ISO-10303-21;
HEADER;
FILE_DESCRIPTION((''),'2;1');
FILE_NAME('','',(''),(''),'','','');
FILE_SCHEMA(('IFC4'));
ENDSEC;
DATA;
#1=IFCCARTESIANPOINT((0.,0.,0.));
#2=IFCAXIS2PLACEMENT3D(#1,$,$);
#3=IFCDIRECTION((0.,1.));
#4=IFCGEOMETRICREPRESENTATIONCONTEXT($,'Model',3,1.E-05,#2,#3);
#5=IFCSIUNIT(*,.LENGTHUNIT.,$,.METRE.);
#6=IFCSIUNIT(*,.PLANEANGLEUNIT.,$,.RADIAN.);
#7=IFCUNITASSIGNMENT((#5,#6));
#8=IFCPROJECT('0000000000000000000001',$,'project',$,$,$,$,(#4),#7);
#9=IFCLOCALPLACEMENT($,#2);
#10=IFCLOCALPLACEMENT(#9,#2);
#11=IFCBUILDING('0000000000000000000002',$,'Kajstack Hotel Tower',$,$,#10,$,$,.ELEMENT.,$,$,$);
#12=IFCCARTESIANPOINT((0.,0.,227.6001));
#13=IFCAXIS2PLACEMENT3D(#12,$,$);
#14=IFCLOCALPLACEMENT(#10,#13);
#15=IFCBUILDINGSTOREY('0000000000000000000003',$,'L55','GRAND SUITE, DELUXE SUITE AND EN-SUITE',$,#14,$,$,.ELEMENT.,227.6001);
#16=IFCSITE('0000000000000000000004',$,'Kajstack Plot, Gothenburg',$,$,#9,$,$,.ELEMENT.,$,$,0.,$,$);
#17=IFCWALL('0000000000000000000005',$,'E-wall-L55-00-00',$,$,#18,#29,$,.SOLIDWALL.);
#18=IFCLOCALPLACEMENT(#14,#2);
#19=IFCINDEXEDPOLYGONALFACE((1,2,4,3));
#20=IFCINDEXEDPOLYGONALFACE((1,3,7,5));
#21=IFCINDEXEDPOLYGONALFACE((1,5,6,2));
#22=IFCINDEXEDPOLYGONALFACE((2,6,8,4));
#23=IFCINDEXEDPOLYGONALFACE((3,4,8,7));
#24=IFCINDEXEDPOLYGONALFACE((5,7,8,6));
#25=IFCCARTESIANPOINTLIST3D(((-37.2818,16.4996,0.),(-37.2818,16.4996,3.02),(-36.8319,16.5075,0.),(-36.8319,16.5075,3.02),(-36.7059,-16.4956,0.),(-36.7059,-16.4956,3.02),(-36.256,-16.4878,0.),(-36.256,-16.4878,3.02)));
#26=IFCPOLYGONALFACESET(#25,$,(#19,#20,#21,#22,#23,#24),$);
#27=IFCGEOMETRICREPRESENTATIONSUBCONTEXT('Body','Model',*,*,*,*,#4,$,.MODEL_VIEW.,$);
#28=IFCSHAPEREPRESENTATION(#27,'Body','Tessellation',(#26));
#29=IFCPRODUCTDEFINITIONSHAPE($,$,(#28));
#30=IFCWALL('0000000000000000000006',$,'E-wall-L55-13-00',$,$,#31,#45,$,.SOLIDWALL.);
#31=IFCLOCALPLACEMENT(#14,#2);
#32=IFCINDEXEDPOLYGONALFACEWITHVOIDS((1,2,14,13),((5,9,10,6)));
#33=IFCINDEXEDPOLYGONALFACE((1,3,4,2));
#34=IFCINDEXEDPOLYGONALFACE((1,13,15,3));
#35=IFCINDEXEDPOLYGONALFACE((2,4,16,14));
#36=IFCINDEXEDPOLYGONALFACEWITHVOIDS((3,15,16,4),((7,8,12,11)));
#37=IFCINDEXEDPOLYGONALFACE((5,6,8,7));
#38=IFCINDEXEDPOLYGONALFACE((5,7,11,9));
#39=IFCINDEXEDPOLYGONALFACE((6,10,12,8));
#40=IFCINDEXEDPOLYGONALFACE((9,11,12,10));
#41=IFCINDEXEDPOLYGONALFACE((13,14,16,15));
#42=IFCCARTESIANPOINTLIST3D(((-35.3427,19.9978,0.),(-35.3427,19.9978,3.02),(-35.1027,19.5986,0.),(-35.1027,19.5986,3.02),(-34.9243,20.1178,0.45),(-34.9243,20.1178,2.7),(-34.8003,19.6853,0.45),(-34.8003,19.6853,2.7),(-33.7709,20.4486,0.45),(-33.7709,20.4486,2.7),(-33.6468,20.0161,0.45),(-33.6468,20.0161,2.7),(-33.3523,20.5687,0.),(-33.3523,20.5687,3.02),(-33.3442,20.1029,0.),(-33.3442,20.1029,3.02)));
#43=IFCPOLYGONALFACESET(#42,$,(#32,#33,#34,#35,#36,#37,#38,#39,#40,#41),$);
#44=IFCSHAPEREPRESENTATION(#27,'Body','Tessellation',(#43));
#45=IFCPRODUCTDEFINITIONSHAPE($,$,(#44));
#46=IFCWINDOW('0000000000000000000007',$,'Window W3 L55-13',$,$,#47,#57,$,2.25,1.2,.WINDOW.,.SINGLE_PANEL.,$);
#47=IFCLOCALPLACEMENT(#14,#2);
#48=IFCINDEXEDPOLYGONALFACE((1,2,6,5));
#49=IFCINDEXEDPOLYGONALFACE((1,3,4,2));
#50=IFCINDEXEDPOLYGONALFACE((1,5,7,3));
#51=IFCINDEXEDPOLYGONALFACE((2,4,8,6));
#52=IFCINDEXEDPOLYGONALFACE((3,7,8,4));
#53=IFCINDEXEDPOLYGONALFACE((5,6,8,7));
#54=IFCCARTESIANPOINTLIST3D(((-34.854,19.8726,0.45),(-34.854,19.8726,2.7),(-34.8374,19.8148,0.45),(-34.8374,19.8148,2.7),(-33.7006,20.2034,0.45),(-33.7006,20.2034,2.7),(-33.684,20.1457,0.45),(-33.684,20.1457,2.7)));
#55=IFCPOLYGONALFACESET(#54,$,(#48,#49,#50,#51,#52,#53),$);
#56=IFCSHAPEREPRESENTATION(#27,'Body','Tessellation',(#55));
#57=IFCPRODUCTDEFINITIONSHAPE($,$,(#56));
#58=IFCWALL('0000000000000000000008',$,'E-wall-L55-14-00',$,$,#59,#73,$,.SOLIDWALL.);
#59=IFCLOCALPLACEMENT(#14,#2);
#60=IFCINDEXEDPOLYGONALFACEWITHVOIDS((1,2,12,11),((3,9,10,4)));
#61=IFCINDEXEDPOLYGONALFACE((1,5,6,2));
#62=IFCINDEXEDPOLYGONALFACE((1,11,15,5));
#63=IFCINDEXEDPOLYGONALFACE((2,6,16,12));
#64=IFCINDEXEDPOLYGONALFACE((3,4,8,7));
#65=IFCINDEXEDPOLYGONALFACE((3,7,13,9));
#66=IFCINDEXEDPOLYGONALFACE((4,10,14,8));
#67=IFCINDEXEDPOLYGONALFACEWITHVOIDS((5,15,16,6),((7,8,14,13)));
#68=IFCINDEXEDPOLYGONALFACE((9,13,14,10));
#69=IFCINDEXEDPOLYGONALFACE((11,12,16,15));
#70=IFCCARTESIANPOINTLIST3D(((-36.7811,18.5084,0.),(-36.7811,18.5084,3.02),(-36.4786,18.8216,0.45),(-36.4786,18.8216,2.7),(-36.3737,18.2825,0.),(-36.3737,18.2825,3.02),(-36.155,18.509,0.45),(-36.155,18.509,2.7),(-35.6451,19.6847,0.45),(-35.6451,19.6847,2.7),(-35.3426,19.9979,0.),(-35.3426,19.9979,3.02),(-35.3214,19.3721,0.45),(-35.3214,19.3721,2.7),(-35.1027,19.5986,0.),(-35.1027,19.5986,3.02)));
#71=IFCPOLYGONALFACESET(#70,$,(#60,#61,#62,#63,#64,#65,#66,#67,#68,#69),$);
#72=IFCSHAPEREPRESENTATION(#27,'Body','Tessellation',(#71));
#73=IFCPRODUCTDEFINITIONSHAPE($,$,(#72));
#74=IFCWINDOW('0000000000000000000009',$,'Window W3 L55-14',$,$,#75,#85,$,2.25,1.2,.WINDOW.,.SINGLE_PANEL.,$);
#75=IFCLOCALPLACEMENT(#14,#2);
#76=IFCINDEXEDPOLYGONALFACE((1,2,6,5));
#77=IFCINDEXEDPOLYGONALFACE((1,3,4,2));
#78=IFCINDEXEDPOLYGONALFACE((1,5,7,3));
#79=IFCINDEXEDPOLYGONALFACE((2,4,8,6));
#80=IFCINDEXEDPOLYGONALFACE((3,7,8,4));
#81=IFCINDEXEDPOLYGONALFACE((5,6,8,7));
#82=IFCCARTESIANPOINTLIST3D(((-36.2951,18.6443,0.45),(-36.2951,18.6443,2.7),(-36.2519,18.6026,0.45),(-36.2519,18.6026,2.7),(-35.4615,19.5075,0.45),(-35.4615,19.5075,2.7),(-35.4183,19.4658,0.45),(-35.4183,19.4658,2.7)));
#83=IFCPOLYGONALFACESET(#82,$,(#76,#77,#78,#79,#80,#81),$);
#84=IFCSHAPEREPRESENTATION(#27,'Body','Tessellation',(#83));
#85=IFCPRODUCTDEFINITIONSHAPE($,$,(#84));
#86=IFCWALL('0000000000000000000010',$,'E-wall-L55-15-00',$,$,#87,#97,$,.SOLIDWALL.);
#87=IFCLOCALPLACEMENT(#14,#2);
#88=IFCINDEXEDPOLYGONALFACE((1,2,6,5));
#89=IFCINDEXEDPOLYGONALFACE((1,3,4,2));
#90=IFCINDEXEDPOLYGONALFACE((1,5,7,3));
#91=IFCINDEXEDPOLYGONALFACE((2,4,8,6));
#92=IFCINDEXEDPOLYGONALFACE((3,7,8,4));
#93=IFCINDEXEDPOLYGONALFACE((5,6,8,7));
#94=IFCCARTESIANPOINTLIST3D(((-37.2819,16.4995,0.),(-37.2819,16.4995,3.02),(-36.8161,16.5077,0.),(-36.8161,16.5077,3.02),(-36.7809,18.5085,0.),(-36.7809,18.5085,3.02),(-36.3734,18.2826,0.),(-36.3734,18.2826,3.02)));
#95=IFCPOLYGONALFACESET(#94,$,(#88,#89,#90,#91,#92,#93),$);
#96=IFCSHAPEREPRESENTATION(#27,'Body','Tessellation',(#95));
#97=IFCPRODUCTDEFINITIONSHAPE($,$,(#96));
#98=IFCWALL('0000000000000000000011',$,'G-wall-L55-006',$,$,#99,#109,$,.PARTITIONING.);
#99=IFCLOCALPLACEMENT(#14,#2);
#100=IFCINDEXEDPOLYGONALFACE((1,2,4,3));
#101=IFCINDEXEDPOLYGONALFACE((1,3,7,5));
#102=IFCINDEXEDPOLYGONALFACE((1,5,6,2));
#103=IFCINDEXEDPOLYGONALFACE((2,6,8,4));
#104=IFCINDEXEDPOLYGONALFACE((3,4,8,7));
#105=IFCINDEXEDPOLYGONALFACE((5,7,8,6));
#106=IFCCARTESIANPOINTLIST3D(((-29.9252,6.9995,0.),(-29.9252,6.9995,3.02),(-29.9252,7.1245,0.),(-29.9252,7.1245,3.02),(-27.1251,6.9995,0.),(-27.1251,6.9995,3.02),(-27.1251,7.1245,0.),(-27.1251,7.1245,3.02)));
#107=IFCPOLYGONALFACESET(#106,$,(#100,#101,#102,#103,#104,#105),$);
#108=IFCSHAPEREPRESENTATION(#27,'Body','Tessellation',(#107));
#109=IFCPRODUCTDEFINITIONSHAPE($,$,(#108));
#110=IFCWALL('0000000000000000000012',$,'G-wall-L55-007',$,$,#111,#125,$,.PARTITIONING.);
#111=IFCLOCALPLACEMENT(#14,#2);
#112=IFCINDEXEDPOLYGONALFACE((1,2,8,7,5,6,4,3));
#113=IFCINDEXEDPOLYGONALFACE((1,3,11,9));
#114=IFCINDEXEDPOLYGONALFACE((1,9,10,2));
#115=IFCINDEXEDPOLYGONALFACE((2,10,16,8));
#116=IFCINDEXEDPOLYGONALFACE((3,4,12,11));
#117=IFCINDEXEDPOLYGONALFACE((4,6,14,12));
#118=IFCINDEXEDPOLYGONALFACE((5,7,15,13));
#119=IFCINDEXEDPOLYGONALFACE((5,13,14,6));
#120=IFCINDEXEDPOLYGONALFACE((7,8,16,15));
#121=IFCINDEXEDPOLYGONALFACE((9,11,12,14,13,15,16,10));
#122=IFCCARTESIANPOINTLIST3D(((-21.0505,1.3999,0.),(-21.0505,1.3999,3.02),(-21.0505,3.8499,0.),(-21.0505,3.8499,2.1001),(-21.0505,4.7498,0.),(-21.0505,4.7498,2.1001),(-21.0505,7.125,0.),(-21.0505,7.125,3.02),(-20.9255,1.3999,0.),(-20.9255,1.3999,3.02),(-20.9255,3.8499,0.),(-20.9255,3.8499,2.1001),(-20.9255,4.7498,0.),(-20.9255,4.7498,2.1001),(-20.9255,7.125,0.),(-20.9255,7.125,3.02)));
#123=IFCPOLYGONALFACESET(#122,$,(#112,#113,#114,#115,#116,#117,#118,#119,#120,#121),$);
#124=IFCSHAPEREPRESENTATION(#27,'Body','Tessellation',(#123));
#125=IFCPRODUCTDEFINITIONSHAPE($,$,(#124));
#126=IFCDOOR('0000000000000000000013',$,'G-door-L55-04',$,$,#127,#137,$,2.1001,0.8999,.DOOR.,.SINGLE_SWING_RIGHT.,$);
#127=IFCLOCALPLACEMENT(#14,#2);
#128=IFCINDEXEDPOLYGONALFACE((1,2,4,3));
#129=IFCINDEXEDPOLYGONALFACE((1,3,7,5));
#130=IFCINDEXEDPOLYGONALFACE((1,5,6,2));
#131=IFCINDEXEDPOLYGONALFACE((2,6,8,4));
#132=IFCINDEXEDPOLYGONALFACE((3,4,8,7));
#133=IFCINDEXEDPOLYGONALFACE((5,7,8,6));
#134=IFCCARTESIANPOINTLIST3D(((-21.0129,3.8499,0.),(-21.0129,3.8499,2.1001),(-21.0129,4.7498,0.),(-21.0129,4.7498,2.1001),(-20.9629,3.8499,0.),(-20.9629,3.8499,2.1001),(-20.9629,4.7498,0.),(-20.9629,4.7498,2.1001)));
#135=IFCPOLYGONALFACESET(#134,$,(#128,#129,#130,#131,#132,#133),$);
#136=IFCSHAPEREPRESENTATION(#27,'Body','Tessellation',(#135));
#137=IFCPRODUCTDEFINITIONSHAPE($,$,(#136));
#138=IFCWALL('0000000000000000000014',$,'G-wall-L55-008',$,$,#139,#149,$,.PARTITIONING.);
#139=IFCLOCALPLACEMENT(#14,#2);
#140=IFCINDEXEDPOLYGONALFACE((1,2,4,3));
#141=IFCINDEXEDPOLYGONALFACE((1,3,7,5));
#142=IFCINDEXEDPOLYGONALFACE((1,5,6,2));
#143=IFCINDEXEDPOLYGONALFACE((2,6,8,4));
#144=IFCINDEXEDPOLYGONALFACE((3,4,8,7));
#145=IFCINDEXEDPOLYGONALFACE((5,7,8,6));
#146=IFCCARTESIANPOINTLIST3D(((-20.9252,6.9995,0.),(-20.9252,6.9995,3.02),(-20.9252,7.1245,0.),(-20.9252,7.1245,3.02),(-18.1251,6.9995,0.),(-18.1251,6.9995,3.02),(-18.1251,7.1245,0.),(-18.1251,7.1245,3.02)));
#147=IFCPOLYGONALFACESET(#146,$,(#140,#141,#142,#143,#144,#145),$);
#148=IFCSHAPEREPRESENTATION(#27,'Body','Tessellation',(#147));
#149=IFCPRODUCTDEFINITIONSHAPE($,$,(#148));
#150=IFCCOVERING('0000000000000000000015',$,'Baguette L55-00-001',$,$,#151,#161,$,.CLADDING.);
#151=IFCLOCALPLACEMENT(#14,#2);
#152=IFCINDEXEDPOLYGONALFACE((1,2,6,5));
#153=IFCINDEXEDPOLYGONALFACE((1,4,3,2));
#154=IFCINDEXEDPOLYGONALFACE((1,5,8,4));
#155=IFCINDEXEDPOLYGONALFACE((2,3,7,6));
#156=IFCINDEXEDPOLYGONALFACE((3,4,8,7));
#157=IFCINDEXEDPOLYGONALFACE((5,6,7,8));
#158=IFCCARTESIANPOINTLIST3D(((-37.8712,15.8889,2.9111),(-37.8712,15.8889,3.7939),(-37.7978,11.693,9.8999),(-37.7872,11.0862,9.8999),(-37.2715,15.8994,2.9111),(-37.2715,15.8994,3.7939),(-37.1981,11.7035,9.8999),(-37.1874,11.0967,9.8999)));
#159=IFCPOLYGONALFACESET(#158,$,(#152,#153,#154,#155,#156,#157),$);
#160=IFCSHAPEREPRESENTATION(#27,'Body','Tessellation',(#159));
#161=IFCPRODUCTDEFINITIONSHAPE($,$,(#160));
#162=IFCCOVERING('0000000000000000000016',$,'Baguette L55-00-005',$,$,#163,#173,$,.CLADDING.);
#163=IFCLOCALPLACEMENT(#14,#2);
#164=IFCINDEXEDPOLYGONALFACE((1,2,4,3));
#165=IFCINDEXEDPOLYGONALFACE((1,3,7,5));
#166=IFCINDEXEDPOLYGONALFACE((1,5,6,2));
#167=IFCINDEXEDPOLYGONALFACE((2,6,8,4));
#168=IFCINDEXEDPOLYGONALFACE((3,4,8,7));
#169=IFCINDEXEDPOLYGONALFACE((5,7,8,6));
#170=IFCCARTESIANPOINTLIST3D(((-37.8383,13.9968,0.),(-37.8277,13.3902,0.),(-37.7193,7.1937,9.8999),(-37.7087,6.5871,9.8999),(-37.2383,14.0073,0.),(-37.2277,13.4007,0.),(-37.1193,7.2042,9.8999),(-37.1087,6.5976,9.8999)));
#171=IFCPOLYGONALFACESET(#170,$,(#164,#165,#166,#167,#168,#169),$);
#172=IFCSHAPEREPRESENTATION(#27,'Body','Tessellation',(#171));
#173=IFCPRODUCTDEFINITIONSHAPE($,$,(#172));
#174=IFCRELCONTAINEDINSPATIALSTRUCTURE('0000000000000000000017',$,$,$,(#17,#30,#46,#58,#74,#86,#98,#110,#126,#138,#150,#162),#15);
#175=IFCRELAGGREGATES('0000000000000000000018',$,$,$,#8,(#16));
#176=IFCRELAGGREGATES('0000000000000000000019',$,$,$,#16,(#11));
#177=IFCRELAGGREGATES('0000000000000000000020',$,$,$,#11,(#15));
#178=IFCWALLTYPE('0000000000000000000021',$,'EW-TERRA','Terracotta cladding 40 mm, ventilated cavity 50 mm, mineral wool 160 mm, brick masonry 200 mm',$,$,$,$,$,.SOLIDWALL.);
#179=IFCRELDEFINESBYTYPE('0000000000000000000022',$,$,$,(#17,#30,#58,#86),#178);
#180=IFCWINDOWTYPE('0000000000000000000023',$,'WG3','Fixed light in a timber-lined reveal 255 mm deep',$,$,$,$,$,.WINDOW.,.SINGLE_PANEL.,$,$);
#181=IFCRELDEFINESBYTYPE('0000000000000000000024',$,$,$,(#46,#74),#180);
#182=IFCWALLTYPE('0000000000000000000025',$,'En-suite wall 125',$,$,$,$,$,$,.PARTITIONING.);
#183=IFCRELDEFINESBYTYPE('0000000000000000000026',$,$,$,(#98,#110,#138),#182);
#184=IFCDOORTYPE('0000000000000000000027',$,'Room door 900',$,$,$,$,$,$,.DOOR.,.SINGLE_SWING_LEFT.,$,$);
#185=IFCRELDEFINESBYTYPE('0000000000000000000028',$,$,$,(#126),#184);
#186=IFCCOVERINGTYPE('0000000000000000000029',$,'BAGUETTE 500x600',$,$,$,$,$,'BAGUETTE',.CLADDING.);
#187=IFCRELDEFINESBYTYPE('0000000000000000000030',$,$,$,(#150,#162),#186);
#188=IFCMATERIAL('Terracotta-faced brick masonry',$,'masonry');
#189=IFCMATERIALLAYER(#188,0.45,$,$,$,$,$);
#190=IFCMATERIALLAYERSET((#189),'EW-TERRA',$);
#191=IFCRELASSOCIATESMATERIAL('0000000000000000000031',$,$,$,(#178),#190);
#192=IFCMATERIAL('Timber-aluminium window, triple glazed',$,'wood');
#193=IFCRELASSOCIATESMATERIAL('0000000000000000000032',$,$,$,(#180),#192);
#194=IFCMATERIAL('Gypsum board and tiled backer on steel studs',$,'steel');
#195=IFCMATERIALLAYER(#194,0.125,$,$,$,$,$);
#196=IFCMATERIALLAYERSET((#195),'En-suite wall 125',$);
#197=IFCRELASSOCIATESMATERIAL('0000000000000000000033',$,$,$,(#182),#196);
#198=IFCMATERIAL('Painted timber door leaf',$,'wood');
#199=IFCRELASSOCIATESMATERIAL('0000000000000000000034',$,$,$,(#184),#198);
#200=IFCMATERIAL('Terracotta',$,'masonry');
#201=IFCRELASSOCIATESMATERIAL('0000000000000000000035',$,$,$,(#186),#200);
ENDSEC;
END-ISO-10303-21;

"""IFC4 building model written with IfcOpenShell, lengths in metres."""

from ifc_helpers import new_model, si_unit, direction, frame, frame_2d, origin, origin_2d, place, context, subcontext, project, spatial, polyline, rectangle, outline, extrude, material, layer, layer_set, material_profile, profile_set, type_object, element, fill, save


model = new_model("IFC4")

# Units and contexts
model_context = context("Model", 3, precision=1e-05, world=origin(), true_north=direction((0.0, 1.0)))
body_context = subcontext(model_context, "Body", "Model", "MODEL_VIEW")
ifc_project = project(units=[si_unit("LENGTHUNIT", "METRE"), si_unit("PLANEANGLEUNIT", "RADIAN")], contexts=[model_context])

# Site, building, storey
site_placement = place(None, origin())
site = spatial("IfcSite", under=ifc_project, at=site_placement, Name="Kajstack Plot, Gothenburg", CompositionType="ELEMENT", RefElevation=0.0)
building_placement = place(site_placement, origin())
building = spatial("IfcBuilding", under=site, at=building_placement, Name="Kajstack Hotel Tower", CompositionType="ELEMENT")
storey_placement = place(building_placement, frame((0.0, 0.0, 227.6001)))
storey = spatial("IfcBuildingStorey", under=building, at=storey_placement, Name="L55", Description="GRAND SUITE, DELUXE SUITE AND EN-SUITE", CompositionType="ELEMENT", Elevation=227.6001)

# Wall
ifc_material_1 = material(Name="Terracotta-faced brick masonry", Category="masonry")
ifc_layer_1 = layer(ifc_material_1, 0.45)
ifc_layer_set_1 = layer_set([ifc_layer_1], Name="EW-TERRA")
wall_type_1 = type_object("IfcWallType", Name="EW-TERRA", Description="Terracotta cladding 40 mm, ventilated cavity 50 mm, mineral wool 160 mm, brick masonry 200 mm", PredefinedType="SOLIDWALL", material=ifc_layer_set_1)
wall_1_placement = place(storey_placement, frame((-37.0569, 16.5034, 0.0), z_axis=(0.0, 0.0, 1.0), x_axis=(0.017452, -0.999848, 0.0)))
element("IfcWall", 1, at=wall_1_placement, inside=storey, type_object=wall_type_1, Name="E-wall-L55-00-00", PredefinedType="SOLIDWALL", context=body_context, shape_type="SweptSolid", body=[
    extrude(rectangle(XDim=33.0002, YDim=0.45, at=frame_2d((16.5, 0.0))), origin(), (0.0, 0.0, 1.0), 3.02),
])

# Walls, openings, windows
wall_2_placement = place(storey_placement, frame((-33.2903, 20.3523, 0.0), z_axis=(0.0, 0.0, 1.0), x_axis=(-0.961248, -0.275687, 0.0)))
wall_2 = element("IfcWall", 2, at=wall_2_placement, inside=storey, type_object=wall_type_1, Name="E-wall-L55-13-00", PredefinedType="SOLIDWALL", context=body_context, shape_type="SweptSolid", body=[
    extrude(outline(polyline([(0.0, -0.2251), (2.0706, -0.2251), (1.95, 0.2249), (0.1206, 0.2249), (0.0, -0.2251)])), origin(), (0.0, 0.0, 1.0), 3.02),
])
opening_1_placement = place(wall_2_placement, frame((0.4353, 0.0, 0.45)))
opening_1 = element("IfcOpeningElement", 3, at=opening_1_placement, cuts=wall_2, PredefinedType="OPENING", context=body_context, shape_type="SweptSolid", body=[
    extrude(rectangle(XDim=1.2, YDim=2.25, at=frame_2d((0.6001, 1.125))), frame((0.0, 0.2349, 0.0), z_axis=(0.0, -1.0, 0.0), x_axis=(1.0, 0.0, 0.0)), (0.0, 0.0, 1.0), 0.47),
])
ifc_material_2 = material(Name="Timber-aluminium window, triple glazed", Category="wood")
window_type = type_object("IfcWindowType", Name="WG3", Description="Fixed light in a timber-lined reveal 255 mm deep", PartitioningType="SINGLE_PANEL", PredefinedType="WINDOW", material=ifc_material_2)
window_1_placement = place(opening_1_placement, origin())
window_1 = element("IfcWindow", 4, at=window_1_placement, inside=storey, type_object=window_type, Name="Window W3 L55-13", OverallHeight=2.25, OverallWidth=1.2, PartitioningType="SINGLE_PANEL", PredefinedType="WINDOW", context=body_context, shape_type="SweptSolid", body=[
    extrude(rectangle(XDim=1.2, YDim=2.25, at=frame_2d((0.6001, 1.125))), frame((0.0, 0.0901, 0.0), z_axis=(0.0, -1.0, 0.0), x_axis=(1.0, 0.0, 0.0)), (0.0, 0.0, 1.0), 0.0601),
])
fill(opening_1, window_1)
wall_3_placement = place(storey_placement, frame((-35.1807, 19.8416, 0.0), z_axis=(0.0, 0.0, 1.0), x_axis=(-0.694679, -0.71932, 0.0)))
wall_3 = element("IfcWall", 5, at=wall_3_placement, inside=storey, type_object=wall_type_1, Name="E-wall-L55-14-00", PredefinedType="SOLIDWALL", context=body_context, shape_type="SweptSolid", body=[
    extrude(outline(polyline([(0.0, -0.2251), (2.0708, -0.2251), (1.9502, 0.2249), (0.1206, 0.2249), (0.0, -0.2251)])), origin(), (0.0, 0.0, 1.0), 3.02),
])
opening_2_placement = place(wall_3_placement, frame((0.4353, 0.0, 0.45)))
opening_2 = element("IfcOpeningElement", 6, at=opening_2_placement, cuts=wall_3, PredefinedType="OPENING", context=body_context, shape_type="SweptSolid", body=[
    extrude(rectangle(XDim=1.2, YDim=2.25, at=frame_2d((0.6001, 1.125))), frame((0.0, 0.2349, 0.0), z_axis=(0.0, -1.0, 0.0), x_axis=(1.0, 0.0, 0.0)), (0.0, 0.0, 1.0), 0.47),
])
window_2_placement = place(opening_2_placement, origin())
window_2 = element("IfcWindow", 7, at=window_2_placement, inside=storey, type_object=window_type, Name="Window W3 L55-14", OverallHeight=2.25, OverallWidth=1.2, PartitioningType="SINGLE_PANEL", PredefinedType="WINDOW", context=body_context, shape_type="SweptSolid", body=[
    extrude(rectangle(XDim=1.2, YDim=2.25, at=frame_2d((0.6001, 1.125))), frame((0.0, 0.0901, 0.0), z_axis=(0.0, -1.0, 0.0), x_axis=(1.0, 0.0, 0.0)), (0.0, 0.0, 1.0), 0.0601),
])
fill(opening_2, window_2)

# Walls
wall_4_placement = place(storey_placement, frame((-36.5627, 18.4539, 0.0), z_axis=(0.0, 0.0, 1.0), x_axis=(-0.24187, -0.970309, 0.0)))
element("IfcWall", 8, at=wall_4_placement, inside=storey, type_object=wall_type_1, Name="E-wall-L55-15-00", PredefinedType="SOLIDWALL", context=body_context, shape_type="SweptSolid", body=[
    extrude(outline(polyline([(-0.0002, -0.2249), (2.0703, -0.2251), (1.9497, 0.2249), (0.1204, 0.2251), (-0.0002, -0.2249)])), origin(), (0.0, 0.0, 1.0), 3.02),
])
ifc_material_3 = material(Name="Gypsum board and tiled backer on steel studs", Category="steel")
ifc_layer_2 = layer(ifc_material_3, 0.125)
ifc_layer_set_2 = layer_set([ifc_layer_2], Name="En-suite wall 125")
wall_type_2 = type_object("IfcWallType", Name="En-suite wall 125", PredefinedType="PARTITIONING", material=ifc_layer_set_2)
wall_5_placement = place(storey_placement, frame((-29.925, 7.062, 0.0), z_axis=(0.0, 0.0, 1.0), x_axis=(1.0, 0.0, 0.0)))
element("IfcWall", 9, at=wall_5_placement, inside=storey, type_object=wall_type_2, Name="G-wall-L55-006", PredefinedType="PARTITIONING", context=body_context, shape_type="SweptSolid", body=[
    extrude(rectangle(XDim=2.8, YDim=0.125, at=frame_2d((1.3999, 0.0))), origin(), (0.0, 0.0, 1.0), 3.02),
])

# Wall, opening, door
wall_6_placement = place(storey_placement, frame((-20.988, 1.3999, 0.0), z_axis=(0.0, 0.0, 1.0), x_axis=(0.0, 1.0, 0.0)))
wall_6 = element("IfcWall", 10, at=wall_6_placement, inside=storey, type_object=wall_type_2, Name="G-wall-L55-007", PredefinedType="PARTITIONING", context=body_context, shape_type="SweptSolid", body=[
    extrude(rectangle(XDim=5.7251, YDim=0.125, at=frame_2d((2.8625, 0.0))), origin(), (0.0, 0.0, 1.0), 3.02),
])
opening_3_placement = place(wall_6_placement, frame((2.45, 0.0, 0.0)))
opening_3 = element("IfcOpeningElement", 11, at=opening_3_placement, cuts=wall_6, PredefinedType="OPENING", context=body_context, shape_type="SweptSolid", body=[
    extrude(rectangle(XDim=0.8999, YDim=2.1001, at=frame_2d((0.45, 1.05))), frame((0.0, 0.0725, 0.0), z_axis=(0.0, -1.0, 0.0), x_axis=(1.0, 0.0, 0.0)), (0.0, 0.0, 1.0), 0.145),
])
ifc_material_4 = material(Name="Painted timber door leaf", Category="wood")
door_type = type_object("IfcDoorType", Name="Room door 900", OperationType="SINGLE_SWING_LEFT", PredefinedType="DOOR", material=ifc_material_4)
door_placement = place(opening_3_placement, origin())
door = element("IfcDoor", 12, at=door_placement, inside=storey, type_object=door_type, Name="G-door-L55-04", OperationType="SINGLE_SWING_RIGHT", OverallHeight=2.1001, OverallWidth=0.8999, PredefinedType="DOOR", context=body_context, shape_type="SweptSolid", body=[
    extrude(rectangle(XDim=0.8999, YDim=2.1001, at=frame_2d((0.45, 1.05))), frame((0.0, 0.0249, 0.0), z_axis=(0.0, -1.0, 0.0), x_axis=(1.0, 0.0, 0.0)), (0.0, 0.0, 1.0), 0.05),
])
fill(opening_3, door)

# Wall
wall_7_placement = place(storey_placement, frame((-20.925, 7.062, 0.0), z_axis=(0.0, 0.0, 1.0), x_axis=(1.0, 0.0, 0.0)))
element("IfcWall", 13, at=wall_7_placement, inside=storey, type_object=wall_type_2, Name="G-wall-L55-008", PredefinedType="PARTITIONING", context=body_context, shape_type="SweptSolid", body=[
    extrude(rectangle(XDim=2.8, YDim=0.125, at=frame_2d((1.3999, 0.0))), origin(), (0.0, 0.0, 1.0), 3.02),
])

# Coverings
ifc_material_5 = material(Name="Terracotta", Category="masonry")
ifc_material_profile = material_profile(ifc_material_5, rectangle(XDim=0.6001, YDim=0.5, at=origin_2d()), Name="Terracotta-clad concrete baguette 500 x 600")
ifc_profile_set = profile_set([ifc_material_profile], Name="Terracotta")
covering_type = type_object("IfcCoveringType", Name="BAGUETTE 500x600", ElementType="BAGUETTE", PredefinedType="CLADDING", material=ifc_profile_set)
covering_1_placement = place(storey_placement, frame((-37.2715, 15.8994, 0.0), z_axis=(-0.999847, -0.017498, 0.0), x_axis=(0.017498, -0.999847, 0.0)))
element("IfcCovering", 14, at=covering_1_placement, inside=storey, type_object=covering_type, Name="Baguette L55-00-001", PredefinedType="CLADDING", context=body_context, shape_type="SweptSolid", body=[
    extrude(outline(polyline([(4.1965, 9.8999), (0.0, 3.7939), (0.0, 2.9111), (4.8035, 9.8999), (4.1965, 9.8999)])), origin(), (0.0, 0.0, 1.0), 0.5999),
])
covering_2_placement = place(storey_placement, frame((-37.2383, 14.0073, 0.0), z_axis=(-0.999847, -0.017491, 0.0), x_axis=(0.017491, -0.999847, 0.0)))
element("IfcCovering", 15, at=covering_2_placement, inside=storey, type_object=covering_type, Name="Baguette L55-00-005", PredefinedType="CLADDING", context=body_context, shape_type="SweptSolid", body=[
    extrude(outline(polyline([(6.8042, 9.8999), (0.0, 0.0), (0.6067, 0.0), (7.4109, 9.8999), (6.8042, 9.8999)])), origin(), (0.0, 0.0, 1.0), 0.6001),
])

save(model, "model.ifc")
